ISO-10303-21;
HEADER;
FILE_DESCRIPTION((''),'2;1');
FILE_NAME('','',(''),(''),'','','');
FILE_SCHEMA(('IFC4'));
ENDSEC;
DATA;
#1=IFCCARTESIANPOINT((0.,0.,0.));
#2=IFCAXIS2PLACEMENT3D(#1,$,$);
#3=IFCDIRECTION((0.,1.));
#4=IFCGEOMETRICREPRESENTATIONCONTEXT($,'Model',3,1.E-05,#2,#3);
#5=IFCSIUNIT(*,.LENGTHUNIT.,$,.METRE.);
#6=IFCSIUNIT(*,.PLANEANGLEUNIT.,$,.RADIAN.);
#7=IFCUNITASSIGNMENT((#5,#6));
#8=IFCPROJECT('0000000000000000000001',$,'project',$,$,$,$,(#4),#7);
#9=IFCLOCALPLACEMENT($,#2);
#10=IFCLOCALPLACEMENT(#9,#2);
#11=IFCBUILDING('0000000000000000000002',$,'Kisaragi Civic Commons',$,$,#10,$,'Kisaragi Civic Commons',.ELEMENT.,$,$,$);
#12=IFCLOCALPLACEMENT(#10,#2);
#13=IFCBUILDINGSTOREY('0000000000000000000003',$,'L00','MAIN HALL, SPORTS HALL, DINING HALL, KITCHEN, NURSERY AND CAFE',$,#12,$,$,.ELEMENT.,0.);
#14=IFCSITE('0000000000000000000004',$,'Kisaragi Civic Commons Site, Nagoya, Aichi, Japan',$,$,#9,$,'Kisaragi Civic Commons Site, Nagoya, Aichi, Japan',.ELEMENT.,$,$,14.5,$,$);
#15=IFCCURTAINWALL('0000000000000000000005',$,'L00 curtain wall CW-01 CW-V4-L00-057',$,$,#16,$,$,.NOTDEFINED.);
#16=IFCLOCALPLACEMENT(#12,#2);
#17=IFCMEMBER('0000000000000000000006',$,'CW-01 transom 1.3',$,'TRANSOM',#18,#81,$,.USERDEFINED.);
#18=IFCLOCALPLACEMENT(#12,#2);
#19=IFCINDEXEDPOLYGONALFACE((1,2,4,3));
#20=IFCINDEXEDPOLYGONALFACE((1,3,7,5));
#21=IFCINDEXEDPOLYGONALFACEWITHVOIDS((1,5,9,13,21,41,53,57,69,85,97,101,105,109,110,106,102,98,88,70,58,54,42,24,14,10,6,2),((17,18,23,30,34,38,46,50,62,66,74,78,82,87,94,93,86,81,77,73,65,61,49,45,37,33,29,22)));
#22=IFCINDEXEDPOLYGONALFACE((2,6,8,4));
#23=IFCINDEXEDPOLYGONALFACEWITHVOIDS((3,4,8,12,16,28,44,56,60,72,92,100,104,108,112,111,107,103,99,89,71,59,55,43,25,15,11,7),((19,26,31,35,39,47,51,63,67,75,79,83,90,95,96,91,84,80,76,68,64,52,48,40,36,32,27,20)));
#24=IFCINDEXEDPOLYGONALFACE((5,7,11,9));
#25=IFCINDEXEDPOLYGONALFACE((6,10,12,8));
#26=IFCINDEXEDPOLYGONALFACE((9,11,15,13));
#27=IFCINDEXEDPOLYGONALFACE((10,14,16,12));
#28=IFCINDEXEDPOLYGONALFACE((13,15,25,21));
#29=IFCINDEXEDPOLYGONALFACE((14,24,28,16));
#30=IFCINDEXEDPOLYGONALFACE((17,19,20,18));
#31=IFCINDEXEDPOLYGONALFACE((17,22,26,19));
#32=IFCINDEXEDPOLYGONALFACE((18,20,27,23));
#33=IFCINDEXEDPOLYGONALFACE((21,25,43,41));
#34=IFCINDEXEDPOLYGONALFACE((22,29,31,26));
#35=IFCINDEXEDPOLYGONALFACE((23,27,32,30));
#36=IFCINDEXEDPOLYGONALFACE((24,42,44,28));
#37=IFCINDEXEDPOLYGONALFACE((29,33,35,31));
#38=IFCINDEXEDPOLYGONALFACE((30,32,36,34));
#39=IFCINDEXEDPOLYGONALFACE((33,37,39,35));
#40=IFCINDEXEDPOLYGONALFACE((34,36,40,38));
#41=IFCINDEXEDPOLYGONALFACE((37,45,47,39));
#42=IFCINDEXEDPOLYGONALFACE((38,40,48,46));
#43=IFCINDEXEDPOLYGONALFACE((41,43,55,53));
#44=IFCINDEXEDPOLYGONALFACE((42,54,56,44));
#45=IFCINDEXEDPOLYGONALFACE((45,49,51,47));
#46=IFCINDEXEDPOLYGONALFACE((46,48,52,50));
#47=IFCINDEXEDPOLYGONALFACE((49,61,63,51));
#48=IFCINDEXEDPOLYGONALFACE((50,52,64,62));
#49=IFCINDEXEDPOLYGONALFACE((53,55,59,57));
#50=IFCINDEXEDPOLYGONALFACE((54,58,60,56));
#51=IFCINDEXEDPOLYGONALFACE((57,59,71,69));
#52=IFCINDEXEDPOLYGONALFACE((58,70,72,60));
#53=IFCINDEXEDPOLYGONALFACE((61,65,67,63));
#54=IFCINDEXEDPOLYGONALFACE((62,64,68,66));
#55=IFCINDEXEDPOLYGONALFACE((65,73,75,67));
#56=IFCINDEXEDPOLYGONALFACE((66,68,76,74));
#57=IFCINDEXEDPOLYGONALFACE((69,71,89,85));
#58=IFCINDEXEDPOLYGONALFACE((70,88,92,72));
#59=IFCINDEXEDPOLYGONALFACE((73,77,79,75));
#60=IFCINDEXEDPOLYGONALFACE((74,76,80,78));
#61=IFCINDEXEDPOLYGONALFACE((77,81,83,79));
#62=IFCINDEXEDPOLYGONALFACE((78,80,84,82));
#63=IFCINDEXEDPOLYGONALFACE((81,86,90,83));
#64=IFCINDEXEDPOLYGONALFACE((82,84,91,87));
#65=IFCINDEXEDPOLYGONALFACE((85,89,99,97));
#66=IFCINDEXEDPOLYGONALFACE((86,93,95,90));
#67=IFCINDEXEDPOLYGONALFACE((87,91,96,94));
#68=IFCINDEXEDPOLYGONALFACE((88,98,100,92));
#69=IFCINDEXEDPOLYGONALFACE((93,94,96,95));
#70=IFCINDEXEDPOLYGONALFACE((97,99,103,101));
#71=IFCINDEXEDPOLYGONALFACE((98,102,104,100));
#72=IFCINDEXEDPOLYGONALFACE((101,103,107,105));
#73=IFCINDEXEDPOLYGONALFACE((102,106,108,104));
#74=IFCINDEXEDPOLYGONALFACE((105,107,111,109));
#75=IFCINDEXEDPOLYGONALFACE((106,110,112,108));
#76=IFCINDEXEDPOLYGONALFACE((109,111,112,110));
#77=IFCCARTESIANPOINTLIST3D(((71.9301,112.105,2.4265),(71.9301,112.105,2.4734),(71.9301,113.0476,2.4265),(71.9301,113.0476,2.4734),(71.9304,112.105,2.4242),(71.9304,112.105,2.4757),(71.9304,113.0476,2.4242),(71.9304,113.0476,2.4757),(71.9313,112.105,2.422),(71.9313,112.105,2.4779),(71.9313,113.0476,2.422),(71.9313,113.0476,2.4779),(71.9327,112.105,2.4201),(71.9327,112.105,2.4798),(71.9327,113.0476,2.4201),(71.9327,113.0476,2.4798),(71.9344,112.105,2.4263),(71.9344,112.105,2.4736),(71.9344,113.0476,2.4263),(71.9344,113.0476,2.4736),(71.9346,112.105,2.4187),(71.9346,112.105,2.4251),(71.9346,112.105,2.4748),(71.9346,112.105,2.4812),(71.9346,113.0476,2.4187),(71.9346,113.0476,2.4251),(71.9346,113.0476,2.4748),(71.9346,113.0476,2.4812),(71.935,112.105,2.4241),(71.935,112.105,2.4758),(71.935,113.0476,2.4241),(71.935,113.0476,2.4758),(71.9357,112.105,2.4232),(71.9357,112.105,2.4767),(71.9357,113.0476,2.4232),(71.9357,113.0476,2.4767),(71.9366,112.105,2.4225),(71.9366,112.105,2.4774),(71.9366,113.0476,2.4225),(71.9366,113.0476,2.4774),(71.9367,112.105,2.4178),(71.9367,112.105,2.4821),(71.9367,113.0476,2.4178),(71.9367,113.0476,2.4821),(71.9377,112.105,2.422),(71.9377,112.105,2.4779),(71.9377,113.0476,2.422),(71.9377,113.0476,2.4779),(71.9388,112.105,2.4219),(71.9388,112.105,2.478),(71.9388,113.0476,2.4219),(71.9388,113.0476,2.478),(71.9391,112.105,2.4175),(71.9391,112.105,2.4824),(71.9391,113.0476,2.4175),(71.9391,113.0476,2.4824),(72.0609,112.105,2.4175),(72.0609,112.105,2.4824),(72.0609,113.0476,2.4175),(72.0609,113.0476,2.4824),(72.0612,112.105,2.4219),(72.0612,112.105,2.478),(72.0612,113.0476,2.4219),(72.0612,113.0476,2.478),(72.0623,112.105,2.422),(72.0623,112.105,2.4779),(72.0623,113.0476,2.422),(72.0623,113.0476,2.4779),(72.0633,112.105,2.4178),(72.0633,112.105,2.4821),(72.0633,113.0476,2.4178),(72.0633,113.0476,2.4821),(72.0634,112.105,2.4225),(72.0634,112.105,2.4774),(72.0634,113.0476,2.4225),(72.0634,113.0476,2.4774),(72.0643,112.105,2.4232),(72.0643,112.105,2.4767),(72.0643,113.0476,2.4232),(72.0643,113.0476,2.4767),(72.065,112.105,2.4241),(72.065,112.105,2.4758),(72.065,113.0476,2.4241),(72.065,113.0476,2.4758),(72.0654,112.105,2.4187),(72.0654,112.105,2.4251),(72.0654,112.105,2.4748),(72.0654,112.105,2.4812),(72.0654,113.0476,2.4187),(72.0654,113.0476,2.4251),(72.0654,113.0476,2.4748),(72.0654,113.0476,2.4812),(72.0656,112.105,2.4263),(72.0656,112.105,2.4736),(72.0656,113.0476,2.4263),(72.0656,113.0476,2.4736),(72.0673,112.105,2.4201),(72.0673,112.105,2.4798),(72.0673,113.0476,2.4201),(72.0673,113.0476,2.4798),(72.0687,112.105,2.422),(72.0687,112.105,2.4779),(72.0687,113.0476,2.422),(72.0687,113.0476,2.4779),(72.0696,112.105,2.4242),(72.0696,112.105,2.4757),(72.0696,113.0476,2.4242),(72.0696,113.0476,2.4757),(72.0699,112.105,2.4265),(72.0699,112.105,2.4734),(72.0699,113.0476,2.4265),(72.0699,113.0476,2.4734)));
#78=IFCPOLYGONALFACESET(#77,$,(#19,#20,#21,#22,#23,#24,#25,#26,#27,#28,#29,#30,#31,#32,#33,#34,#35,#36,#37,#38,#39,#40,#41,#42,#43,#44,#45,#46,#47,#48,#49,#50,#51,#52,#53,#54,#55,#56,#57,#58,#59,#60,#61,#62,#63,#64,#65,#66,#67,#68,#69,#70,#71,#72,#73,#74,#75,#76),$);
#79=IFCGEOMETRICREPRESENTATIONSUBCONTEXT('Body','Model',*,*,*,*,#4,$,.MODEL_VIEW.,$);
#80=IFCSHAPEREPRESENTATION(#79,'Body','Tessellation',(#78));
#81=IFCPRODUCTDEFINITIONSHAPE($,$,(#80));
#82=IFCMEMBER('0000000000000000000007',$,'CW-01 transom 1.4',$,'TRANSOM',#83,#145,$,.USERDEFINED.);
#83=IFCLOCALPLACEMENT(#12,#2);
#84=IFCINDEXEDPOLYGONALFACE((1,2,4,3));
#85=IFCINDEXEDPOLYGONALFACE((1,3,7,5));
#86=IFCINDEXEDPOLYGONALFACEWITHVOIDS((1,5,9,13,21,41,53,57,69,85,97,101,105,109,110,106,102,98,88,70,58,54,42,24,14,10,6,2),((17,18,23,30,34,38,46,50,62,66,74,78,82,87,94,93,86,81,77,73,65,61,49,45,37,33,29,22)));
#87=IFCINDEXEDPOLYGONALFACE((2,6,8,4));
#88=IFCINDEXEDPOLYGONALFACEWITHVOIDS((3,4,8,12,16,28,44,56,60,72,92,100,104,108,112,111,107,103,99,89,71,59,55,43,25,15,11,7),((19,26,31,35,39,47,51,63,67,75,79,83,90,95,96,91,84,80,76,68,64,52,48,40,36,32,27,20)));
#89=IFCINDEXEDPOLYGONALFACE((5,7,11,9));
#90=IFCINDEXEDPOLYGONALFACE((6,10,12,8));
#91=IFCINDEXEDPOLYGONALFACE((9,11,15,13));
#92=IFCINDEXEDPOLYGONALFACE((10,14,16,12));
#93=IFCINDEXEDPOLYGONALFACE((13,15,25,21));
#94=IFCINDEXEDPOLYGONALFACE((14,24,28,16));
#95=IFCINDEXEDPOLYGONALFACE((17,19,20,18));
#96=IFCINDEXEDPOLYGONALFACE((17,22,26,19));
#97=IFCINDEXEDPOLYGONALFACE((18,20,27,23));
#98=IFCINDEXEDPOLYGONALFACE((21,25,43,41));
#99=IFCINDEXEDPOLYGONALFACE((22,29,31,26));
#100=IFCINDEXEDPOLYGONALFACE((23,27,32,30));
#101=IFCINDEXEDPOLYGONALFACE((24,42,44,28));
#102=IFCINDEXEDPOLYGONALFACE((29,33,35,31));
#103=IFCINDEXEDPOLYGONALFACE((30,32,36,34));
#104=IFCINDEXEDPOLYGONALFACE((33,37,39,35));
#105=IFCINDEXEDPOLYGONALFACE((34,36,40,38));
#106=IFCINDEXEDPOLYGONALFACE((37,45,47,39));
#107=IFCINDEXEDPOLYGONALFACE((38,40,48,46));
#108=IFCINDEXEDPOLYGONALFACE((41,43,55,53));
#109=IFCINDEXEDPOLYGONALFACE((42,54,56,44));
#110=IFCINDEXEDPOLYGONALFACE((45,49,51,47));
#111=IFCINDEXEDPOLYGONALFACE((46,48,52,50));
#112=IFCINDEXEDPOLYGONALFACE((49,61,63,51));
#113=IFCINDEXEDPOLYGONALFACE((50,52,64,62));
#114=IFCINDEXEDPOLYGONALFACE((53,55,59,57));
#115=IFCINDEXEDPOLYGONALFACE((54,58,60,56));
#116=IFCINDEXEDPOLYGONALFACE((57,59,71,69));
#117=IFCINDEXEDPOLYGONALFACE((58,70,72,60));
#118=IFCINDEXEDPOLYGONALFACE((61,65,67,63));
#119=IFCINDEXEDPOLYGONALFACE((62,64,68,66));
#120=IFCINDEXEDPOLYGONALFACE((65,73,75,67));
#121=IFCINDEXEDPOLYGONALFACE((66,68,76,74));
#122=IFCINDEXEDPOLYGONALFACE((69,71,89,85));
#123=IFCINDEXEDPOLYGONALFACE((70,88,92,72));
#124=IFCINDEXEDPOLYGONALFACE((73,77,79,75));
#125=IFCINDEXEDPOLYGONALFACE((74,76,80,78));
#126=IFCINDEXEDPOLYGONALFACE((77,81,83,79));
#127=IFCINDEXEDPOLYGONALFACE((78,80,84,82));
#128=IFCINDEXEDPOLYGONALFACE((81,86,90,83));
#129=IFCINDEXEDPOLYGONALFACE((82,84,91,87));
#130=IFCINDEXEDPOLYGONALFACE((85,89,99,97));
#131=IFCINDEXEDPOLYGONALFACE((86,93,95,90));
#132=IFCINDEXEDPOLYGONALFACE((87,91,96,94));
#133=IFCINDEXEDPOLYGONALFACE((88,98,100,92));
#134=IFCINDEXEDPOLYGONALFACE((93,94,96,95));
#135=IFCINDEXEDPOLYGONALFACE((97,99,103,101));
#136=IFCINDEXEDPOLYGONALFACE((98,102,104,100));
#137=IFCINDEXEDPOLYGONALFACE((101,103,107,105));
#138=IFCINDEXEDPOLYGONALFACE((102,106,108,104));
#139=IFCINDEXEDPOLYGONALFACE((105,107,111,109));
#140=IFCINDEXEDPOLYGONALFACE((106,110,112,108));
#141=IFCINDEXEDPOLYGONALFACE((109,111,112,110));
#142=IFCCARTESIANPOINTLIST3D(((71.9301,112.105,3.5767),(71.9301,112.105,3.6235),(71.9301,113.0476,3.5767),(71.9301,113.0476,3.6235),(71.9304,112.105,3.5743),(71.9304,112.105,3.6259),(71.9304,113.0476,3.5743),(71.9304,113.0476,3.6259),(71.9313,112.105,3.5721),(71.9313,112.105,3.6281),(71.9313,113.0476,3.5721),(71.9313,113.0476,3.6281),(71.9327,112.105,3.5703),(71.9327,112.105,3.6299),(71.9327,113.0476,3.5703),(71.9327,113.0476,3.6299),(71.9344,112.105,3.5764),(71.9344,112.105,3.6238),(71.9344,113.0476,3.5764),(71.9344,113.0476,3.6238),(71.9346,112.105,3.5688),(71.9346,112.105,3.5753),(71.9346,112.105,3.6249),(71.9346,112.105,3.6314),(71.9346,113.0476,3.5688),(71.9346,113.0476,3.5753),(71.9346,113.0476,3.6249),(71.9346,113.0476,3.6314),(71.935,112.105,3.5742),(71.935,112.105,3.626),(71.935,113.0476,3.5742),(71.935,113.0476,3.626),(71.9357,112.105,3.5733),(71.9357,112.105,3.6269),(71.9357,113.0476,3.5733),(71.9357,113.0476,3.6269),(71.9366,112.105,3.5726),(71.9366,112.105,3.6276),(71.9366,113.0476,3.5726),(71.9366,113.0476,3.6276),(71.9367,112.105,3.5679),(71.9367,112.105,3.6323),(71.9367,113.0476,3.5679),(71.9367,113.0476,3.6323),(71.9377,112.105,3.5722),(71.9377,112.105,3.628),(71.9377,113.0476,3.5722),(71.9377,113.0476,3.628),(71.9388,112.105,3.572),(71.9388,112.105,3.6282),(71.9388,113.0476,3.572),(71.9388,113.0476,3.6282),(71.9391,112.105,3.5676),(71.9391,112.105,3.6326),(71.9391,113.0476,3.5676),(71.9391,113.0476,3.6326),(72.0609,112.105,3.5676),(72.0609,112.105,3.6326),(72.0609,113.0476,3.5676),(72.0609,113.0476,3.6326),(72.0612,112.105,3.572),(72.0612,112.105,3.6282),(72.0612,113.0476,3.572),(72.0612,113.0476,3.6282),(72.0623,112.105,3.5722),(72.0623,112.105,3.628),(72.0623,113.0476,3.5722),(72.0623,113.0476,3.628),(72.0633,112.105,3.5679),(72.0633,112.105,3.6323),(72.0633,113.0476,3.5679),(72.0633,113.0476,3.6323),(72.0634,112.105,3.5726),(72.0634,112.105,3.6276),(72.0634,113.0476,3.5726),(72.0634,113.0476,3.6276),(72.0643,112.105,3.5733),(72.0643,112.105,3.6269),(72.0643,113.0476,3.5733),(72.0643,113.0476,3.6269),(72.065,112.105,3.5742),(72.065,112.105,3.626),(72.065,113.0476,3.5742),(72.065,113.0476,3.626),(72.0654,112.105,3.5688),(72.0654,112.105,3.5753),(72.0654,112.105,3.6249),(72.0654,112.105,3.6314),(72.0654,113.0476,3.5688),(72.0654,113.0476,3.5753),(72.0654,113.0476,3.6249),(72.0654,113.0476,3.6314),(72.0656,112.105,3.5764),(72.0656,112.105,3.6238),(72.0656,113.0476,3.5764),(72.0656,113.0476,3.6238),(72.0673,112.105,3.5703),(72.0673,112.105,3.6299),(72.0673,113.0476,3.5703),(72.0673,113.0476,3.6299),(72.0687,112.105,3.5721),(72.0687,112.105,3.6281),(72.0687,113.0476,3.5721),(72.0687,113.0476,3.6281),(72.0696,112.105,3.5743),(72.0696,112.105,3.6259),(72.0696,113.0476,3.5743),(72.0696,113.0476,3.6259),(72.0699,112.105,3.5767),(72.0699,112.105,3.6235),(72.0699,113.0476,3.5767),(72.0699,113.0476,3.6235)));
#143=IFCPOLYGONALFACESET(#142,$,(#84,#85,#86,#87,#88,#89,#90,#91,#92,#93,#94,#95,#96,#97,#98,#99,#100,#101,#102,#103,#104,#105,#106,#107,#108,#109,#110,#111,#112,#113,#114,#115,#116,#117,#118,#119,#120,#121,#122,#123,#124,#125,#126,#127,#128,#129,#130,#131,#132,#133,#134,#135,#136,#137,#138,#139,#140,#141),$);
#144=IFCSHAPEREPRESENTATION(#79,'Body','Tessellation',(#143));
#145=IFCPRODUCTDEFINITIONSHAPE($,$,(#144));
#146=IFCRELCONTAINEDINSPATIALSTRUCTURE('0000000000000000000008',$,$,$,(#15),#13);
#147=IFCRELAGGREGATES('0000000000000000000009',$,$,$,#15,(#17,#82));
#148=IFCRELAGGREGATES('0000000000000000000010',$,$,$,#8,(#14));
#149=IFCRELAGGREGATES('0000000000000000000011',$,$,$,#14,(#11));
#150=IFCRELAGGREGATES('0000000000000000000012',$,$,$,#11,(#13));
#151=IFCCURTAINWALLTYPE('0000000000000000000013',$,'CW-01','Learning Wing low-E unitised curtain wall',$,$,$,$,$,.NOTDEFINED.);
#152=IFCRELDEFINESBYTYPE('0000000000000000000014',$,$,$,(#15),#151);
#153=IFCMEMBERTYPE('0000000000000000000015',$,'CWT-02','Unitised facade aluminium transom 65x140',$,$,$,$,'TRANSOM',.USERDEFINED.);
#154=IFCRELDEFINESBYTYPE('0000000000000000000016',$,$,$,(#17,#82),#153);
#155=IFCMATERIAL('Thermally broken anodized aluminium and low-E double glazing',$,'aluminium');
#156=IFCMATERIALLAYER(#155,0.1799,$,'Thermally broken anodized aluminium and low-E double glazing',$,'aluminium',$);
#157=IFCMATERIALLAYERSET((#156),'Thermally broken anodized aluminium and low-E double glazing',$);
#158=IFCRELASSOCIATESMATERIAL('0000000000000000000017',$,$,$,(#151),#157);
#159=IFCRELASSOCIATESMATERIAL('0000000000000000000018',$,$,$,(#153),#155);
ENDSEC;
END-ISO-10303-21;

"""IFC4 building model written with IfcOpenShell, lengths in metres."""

from ifc_helpers import new_model, si_unit, direction, frame, origin, origin_2d, place, context, subcontext, project, spatial, hollow_rectangle, extrude, material, layer, layer_set, material_profile, profile_set, type_object, element, aggregate, save


model = new_model("IFC4")

# Units and contexts
model_context = context("Model", 3, precision=1e-05, world=origin(), true_north=direction((0.0, 1.0)))
body_context = subcontext(model_context, "Body", "Model", "MODEL_VIEW")
ifc_project = project(units=[si_unit("LENGTHUNIT", "METRE"), si_unit("PLANEANGLEUNIT", "RADIAN")], contexts=[model_context])

# Site, building, storey
site_placement = place(None, origin())
site = spatial("IfcSite", under=ifc_project, at=site_placement, Name="Kisaragi Civic Commons Site, Nagoya, Aichi, Japan", LongName="Kisaragi Civic Commons Site, Nagoya, Aichi, Japan", CompositionType="ELEMENT", RefElevation=14.5)
building_placement = place(site_placement, origin())
building = spatial("IfcBuilding", under=site, at=building_placement, Name="Kisaragi Civic Commons", LongName="Kisaragi Civic Commons", CompositionType="ELEMENT")
storey_placement = place(building_placement, origin())
storey = spatial("IfcBuildingStorey", under=building, at=storey_placement, Name="L00", Description="MAIN HALL, SPORTS HALL, DINING HALL, KITCHEN, NURSERY AND CAFE", CompositionType="ELEMENT", Elevation=0.0)

# Curtain wall, members
ifc_material_1 = material(Name="Thermally broken anodized aluminium and low-E double glazing", Category="aluminium")
ifc_layer_1 = layer(ifc_material_1, 0.1799, Name="Thermally broken anodized aluminium and low-E double glazing", Category="aluminium")
ifc_layer_set_1 = layer_set([ifc_layer_1], Name="Thermally broken anodized aluminium and low-E double glazing")
curtain_wall_type = type_object("IfcCurtainWallType", Name="CW-01", Description="Learning Wing low-E unitised curtain wall", PredefinedType="NOTDEFINED", material=ifc_layer_set_1)
curtain_wall_placement = place(storey_placement, origin())
curtain_wall = element("IfcCurtainWall", 1, at=curtain_wall_placement, inside=storey, type_object=curtain_wall_type, Name="L00 curtain wall CW-01 CW-V4-L00-057", PredefinedType="NOTDEFINED")
ifc_material_profile_1 = material_profile(ifc_material_1, hollow_rectangle(XDim=0.1399, YDim=0.0649, WallThickness=0.0044, InnerFilletRadius=0.0044, OuterFilletRadius=0.009, at=origin_2d()), Name="CWT-65x140x4.5", Category="aluminium")
ifc_profile_set_1 = profile_set([ifc_material_profile_1], Name="Thermally broken anodized aluminium and low-E double glazing")
member_type_1 = type_object("IfcMemberType", Name="CWT-02", Description="Unitised facade aluminium transom 65x140", ElementType="TRANSOM", PredefinedType="USERDEFINED", material=ifc_profile_set_1)
member_1_placement = place(storey_placement, frame((72.0, 112.105, 2.45), z_axis=(0.0, 1.0, 0.0), x_axis=(-1.0, 0.0, 0.0)))
member_1 = element("IfcMember", 2, at=member_1_placement, type_object=member_type_1, Name="CW-01 transom 1.3", ObjectType="TRANSOM", PredefinedType="USERDEFINED", context=body_context, shape_type="SweptSolid", body=[
    extrude(hollow_rectangle(XDim=0.1399, YDim=0.0649, WallThickness=0.0044, InnerFilletRadius=0.0044, OuterFilletRadius=0.009, at=origin_2d()), origin(), (0.0, 0.0, 1.0), 0.9426),
])
member_2_placement = place(storey_placement, frame((72.0, 112.105, 3.6001), z_axis=(0.0, 1.0, 0.0), x_axis=(-1.0, 0.0, 0.0)))
member_2 = element("IfcMember", 3, at=member_2_placement, type_object=member_type_1, Name="CW-01 transom 1.4", ObjectType="TRANSOM", PredefinedType="USERDEFINED", context=body_context, shape_type="SweptSolid", body=[
    extrude(hollow_rectangle(XDim=0.1399, YDim=0.0649, WallThickness=0.0044, InnerFilletRadius=0.0044, OuterFilletRadius=0.009, at=origin_2d()), origin(), (0.0, 0.0, 1.0), 0.9426),
])

aggregate(curtain_wall, [member_1, member_2])

save(model, "model.ifc")
